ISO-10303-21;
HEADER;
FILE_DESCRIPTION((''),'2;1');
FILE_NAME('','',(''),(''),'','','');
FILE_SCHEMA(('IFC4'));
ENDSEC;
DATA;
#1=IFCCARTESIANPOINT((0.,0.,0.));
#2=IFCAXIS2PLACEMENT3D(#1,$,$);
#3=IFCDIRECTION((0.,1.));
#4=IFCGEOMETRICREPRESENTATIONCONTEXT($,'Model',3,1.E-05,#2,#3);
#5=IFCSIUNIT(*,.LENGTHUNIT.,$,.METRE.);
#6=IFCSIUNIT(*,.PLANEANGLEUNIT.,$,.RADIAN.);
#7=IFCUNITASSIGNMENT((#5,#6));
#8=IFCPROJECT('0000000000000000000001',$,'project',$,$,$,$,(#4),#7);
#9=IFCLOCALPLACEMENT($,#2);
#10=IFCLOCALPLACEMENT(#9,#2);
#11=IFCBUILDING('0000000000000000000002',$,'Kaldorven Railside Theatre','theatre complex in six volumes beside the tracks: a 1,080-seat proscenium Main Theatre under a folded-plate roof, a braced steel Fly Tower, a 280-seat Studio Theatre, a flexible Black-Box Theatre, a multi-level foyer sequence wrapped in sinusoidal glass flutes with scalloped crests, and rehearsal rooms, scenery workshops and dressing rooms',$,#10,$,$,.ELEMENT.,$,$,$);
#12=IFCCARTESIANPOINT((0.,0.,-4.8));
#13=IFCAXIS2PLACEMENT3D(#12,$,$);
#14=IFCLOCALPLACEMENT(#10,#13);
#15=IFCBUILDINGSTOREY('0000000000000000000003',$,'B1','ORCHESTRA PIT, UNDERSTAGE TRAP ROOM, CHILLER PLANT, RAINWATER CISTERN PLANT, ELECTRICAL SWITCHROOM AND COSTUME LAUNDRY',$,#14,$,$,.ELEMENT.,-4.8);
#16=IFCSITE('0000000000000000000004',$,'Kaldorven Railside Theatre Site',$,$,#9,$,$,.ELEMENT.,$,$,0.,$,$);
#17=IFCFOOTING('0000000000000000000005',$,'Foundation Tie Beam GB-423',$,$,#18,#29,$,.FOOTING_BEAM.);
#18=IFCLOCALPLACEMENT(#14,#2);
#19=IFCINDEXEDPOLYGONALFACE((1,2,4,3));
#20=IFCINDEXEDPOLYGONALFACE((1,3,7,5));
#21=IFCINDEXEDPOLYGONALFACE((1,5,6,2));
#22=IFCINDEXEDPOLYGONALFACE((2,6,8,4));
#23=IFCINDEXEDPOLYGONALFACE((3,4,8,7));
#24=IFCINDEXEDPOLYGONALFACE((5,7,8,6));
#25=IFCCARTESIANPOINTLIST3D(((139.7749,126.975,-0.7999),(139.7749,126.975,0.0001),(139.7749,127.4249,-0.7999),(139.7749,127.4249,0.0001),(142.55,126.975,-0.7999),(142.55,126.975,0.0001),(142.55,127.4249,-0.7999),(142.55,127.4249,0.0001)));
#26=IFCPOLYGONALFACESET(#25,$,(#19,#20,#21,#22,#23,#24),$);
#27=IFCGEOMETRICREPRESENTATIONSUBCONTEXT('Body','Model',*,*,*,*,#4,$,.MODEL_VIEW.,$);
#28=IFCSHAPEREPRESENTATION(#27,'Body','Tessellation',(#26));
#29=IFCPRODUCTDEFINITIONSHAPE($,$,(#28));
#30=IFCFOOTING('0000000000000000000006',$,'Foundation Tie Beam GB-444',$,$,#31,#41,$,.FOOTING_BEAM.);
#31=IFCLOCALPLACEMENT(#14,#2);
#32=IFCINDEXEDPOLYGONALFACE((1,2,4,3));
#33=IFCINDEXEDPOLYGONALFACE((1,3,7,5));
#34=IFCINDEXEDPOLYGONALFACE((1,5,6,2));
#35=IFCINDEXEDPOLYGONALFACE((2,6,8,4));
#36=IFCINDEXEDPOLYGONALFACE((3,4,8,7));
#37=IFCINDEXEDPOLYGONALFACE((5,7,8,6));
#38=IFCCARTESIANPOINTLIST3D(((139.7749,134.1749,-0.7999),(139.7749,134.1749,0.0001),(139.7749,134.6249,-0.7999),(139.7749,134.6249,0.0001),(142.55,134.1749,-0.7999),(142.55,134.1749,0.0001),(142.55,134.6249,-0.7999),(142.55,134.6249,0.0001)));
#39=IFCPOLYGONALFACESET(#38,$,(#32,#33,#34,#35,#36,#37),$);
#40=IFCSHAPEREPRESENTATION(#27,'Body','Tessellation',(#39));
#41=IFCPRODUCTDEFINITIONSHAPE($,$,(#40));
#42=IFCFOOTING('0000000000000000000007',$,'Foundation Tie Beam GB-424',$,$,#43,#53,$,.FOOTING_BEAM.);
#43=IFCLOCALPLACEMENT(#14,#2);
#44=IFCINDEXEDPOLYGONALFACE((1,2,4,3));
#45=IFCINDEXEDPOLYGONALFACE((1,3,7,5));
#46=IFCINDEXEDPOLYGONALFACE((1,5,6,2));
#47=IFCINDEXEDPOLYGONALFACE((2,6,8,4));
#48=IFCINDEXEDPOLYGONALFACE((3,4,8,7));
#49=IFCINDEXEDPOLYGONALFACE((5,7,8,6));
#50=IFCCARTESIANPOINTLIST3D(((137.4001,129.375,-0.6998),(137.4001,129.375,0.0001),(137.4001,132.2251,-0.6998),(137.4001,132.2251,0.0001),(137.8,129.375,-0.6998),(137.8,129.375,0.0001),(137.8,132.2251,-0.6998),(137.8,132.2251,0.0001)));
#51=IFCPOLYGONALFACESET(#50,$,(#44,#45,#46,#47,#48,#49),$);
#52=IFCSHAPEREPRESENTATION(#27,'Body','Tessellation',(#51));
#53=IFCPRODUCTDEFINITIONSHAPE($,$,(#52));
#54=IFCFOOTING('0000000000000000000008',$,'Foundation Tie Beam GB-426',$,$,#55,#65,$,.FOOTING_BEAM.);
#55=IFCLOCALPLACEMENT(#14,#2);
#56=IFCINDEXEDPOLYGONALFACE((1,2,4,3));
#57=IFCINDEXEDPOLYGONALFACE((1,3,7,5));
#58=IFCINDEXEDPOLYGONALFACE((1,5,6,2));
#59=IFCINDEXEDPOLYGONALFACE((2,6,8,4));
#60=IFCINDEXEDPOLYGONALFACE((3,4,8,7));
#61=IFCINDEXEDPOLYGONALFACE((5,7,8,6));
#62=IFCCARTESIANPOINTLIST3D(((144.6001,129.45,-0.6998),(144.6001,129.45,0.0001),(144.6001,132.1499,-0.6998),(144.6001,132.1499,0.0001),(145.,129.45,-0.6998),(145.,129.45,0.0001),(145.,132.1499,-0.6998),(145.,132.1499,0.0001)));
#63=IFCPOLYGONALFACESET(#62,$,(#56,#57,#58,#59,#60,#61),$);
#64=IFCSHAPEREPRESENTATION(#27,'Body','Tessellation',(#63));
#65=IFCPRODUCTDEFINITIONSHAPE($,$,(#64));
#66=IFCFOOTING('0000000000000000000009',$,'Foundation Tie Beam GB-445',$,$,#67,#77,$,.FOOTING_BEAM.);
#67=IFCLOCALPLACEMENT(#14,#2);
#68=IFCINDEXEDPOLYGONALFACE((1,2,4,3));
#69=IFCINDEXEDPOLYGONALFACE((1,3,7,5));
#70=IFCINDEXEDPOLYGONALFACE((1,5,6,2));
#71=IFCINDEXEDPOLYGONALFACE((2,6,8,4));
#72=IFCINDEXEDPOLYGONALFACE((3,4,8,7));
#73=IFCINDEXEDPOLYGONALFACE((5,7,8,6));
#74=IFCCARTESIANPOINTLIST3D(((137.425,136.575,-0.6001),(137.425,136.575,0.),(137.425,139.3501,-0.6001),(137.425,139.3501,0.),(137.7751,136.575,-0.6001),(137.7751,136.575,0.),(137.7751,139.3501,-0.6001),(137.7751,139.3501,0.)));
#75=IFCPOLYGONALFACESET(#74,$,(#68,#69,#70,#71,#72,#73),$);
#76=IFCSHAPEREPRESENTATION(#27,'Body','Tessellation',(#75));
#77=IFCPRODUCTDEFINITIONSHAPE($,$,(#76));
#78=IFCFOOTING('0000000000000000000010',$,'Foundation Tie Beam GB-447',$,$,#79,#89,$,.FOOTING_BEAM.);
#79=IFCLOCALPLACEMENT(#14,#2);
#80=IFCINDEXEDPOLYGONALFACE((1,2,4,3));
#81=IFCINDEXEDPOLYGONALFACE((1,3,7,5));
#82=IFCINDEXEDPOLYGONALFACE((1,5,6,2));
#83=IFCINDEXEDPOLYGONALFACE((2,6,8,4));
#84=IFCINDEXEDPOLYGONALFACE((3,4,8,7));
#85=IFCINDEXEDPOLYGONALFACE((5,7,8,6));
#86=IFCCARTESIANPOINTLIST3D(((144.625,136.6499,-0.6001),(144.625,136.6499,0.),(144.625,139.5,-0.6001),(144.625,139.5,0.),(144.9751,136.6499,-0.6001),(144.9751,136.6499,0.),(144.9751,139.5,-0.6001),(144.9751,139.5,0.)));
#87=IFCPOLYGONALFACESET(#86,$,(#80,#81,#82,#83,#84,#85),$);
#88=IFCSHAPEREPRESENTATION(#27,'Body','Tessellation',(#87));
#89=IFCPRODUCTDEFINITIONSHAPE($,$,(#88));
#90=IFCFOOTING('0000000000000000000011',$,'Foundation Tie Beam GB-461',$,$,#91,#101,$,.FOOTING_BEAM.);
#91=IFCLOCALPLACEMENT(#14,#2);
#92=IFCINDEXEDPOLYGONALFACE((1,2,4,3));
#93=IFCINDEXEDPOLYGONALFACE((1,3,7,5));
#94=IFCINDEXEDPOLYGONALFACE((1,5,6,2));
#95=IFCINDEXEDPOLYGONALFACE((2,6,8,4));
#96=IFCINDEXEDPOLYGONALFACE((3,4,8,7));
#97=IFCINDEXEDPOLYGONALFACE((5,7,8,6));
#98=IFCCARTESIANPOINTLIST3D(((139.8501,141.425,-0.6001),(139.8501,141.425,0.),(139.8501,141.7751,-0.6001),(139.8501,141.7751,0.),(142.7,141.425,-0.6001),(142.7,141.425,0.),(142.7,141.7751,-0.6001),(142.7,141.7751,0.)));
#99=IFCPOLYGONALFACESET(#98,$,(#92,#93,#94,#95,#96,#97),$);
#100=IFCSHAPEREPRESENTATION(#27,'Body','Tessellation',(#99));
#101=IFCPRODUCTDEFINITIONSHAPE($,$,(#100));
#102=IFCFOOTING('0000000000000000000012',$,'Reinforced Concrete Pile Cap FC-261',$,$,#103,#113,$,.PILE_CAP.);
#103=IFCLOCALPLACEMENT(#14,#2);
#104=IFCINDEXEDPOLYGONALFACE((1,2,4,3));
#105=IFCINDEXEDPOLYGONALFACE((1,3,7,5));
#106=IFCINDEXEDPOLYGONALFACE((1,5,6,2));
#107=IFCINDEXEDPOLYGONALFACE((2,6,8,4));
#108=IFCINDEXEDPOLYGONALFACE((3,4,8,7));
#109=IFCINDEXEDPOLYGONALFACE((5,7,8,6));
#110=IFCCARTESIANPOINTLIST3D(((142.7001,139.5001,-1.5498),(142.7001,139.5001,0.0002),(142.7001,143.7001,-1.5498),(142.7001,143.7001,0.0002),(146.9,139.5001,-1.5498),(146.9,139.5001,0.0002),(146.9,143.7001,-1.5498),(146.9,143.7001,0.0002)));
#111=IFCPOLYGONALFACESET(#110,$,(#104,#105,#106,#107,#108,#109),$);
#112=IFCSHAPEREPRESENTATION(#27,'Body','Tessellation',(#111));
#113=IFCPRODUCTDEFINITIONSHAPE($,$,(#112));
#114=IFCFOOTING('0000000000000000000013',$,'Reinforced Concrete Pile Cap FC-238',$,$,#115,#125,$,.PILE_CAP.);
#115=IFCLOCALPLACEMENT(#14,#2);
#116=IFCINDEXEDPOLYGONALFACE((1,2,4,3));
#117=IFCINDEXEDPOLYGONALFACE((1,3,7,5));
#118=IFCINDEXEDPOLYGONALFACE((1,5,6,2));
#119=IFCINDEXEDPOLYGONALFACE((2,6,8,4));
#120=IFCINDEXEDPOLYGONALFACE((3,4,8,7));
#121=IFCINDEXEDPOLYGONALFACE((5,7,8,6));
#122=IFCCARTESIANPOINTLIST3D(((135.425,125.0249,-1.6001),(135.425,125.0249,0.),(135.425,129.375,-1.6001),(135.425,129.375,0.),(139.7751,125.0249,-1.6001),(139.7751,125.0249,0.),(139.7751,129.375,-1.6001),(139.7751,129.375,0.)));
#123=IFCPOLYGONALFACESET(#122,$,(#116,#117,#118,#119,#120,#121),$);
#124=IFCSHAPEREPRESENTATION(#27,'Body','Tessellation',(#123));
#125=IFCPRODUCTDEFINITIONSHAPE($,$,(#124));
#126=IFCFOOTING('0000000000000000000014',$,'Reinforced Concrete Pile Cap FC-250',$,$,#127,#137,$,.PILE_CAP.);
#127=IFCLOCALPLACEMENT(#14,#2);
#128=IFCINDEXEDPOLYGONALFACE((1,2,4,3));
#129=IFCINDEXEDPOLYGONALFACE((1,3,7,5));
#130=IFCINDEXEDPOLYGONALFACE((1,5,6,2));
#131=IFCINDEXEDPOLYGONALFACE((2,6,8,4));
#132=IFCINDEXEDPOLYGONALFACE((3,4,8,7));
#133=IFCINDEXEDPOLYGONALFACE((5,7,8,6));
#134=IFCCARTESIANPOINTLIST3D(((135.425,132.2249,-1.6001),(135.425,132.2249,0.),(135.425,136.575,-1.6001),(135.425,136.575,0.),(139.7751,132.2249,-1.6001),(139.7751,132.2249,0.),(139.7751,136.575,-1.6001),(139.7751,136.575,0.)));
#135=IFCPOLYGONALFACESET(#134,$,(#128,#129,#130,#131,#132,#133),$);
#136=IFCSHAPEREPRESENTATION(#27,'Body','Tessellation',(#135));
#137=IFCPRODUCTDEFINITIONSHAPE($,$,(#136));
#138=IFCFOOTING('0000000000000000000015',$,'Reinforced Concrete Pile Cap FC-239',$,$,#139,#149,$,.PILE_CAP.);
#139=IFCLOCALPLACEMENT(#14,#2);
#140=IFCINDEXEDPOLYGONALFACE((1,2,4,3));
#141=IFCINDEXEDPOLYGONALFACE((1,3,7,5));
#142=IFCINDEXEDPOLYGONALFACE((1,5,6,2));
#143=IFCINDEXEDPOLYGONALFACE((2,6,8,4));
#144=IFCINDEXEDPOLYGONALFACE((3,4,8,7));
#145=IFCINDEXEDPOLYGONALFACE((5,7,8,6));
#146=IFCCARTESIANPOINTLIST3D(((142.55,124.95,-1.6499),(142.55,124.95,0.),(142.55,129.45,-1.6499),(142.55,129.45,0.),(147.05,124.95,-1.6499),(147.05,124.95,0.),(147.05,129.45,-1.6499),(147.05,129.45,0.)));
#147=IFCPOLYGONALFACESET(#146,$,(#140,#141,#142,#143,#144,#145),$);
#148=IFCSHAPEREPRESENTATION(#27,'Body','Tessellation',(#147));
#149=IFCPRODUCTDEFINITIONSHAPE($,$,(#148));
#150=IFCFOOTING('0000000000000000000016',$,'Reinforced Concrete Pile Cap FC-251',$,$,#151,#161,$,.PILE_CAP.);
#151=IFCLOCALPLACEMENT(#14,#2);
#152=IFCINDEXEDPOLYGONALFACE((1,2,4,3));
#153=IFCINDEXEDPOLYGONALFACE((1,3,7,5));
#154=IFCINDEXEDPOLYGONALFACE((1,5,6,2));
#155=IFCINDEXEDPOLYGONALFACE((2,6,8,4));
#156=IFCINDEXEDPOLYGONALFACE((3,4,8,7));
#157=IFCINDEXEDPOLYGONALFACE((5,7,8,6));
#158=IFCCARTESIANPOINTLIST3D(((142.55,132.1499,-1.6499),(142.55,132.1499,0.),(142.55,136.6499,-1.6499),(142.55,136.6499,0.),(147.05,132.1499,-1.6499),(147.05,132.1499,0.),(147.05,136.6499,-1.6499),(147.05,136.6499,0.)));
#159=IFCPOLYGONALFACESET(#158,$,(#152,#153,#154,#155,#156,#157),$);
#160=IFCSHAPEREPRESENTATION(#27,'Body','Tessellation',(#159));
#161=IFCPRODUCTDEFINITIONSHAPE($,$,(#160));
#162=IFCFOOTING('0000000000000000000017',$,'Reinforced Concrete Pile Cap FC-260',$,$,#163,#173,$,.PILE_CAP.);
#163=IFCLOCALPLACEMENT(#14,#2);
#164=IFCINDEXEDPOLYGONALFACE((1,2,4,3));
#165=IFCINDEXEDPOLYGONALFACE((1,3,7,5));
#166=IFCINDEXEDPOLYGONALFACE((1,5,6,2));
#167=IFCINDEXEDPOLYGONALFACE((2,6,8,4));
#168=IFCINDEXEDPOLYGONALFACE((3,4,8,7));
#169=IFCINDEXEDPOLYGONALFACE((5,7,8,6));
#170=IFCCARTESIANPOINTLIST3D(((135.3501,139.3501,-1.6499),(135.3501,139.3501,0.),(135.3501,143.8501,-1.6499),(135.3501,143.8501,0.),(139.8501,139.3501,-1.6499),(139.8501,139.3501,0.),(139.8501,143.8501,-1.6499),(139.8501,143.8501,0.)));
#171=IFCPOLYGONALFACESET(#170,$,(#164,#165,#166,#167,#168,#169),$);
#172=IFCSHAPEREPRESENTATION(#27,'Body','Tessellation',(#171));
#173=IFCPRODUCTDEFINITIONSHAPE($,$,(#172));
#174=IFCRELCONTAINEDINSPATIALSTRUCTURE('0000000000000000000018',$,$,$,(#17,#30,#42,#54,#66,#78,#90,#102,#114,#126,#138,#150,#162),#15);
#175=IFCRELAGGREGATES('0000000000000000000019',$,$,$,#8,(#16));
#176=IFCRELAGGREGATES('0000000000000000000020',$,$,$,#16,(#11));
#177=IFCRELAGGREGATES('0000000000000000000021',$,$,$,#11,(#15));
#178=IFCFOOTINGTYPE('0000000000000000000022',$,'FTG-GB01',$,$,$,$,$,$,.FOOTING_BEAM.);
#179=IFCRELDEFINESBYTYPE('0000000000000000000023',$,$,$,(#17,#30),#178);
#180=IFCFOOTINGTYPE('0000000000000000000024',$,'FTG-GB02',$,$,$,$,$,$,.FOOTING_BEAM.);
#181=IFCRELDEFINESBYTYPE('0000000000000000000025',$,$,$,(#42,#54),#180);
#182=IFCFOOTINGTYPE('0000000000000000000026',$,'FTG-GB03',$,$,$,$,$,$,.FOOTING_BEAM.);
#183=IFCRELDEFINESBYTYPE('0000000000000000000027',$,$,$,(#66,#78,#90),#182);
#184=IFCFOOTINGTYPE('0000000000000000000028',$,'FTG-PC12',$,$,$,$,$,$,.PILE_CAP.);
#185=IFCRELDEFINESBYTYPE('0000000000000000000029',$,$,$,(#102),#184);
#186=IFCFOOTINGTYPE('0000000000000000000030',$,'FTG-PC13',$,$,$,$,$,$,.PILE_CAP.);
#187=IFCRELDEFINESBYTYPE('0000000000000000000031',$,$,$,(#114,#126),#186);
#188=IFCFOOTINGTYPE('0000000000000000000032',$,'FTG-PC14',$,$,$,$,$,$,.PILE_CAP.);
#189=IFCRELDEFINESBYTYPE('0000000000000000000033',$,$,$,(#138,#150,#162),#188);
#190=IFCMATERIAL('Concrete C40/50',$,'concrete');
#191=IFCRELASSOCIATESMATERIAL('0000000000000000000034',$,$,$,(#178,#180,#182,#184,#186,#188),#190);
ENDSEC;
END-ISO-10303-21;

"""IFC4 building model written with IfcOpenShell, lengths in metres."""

from ifc_helpers import new_model, si_unit, direction, frame, origin, origin_2d, place, context, subcontext, project, spatial, rectangle, extrude, material, material_profile, profile_set, type_object, element, save


model = new_model("IFC4")

# Units and contexts
model_context = context("Model", 3, precision=1e-05, world=origin(), true_north=direction((0.0, 1.0)))
body_context = subcontext(model_context, "Body", "Model", "MODEL_VIEW")
ifc_project = project(units=[si_unit("LENGTHUNIT", "METRE"), si_unit("PLANEANGLEUNIT", "RADIAN")], contexts=[model_context])

# Site, building, storey
site_placement = place(None, origin())
site = spatial("IfcSite", under=ifc_project, at=site_placement, Name="Kaldorven Railside Theatre Site", CompositionType="ELEMENT", RefElevation=0.0)
building_placement = place(site_placement, origin())
building = spatial("IfcBuilding", under=site, at=building_placement, Name="Kaldorven Railside Theatre", Description="theatre complex in six volumes beside the tracks: a 1,080-seat proscenium Main Theatre under a folded-plate roof, a braced steel Fly Tower, a 280-seat Studio Theatre, a flexible Black-Box Theatre, a multi-level foyer sequence wrapped in sinusoidal glass flutes with scalloped crests, and rehearsal rooms, scenery workshops and dressing rooms", CompositionType="ELEMENT")
storey_placement = place(building_placement, frame((0.0, 0.0, -4.8)))
storey = spatial("IfcBuildingStorey", under=building, at=storey_placement, Name="B1", Description="ORCHESTRA PIT, UNDERSTAGE TRAP ROOM, CHILLER PLANT, RAINWATER CISTERN PLANT, ELECTRICAL SWITCHROOM AND COSTUME LAUNDRY", CompositionType="ELEMENT", Elevation=-4.8)

# Footings
ifc_material_1 = material(Name="Concrete C40/50", Category="concrete")
ifc_material_profile_1 = material_profile(ifc_material_1, rectangle(XDim=0.45, YDim=0.8, at=origin_2d()), Name="RC 450x800")
ifc_profile_set_1 = profile_set([ifc_material_profile_1], Name="Concrete C40/50")
footing_type_1 = type_object("IfcFootingType", Name="FTG-GB01", PredefinedType="FOOTING_BEAM", material=ifc_profile_set_1)
for number, where, z_axis, x_axis, name in (
    (1, (139.7749, 127.2, -0.3999), (1.0, 0.0, 0.0), (0.0, 1.0, 0.0), "Foundation Tie Beam GB-423"),
    (2, (139.7749, 134.3999, -0.3999), (1.0, 0.0, 0.0), (0.0, 1.0, 0.0), "Foundation Tie Beam GB-444"),
):
    element("IfcFooting", number, at=place(storey_placement, frame(where, z_axis=z_axis, x_axis=x_axis)), inside=storey, type_object=footing_type_1, Name=name, PredefinedType="FOOTING_BEAM", context=body_context, shape_type="SweptSolid", body=[
        extrude(rectangle(XDim=0.45, YDim=0.8, at=origin_2d()), origin(), (0.0, 0.0, 1.0), 2.7751),
    ])
ifc_material_profile_2 = material_profile(ifc_material_1, rectangle(XDim=0.3999, YDim=0.7, at=origin_2d()), Name="RC 400x700")
ifc_profile_set_2 = profile_set([ifc_material_profile_2], Name="Concrete C40/50")
footing_type_2 = type_object("IfcFootingType", Name="FTG-GB02", PredefinedType="FOOTING_BEAM", material=ifc_profile_set_2)
footing_1_placement = place(storey_placement, frame((137.6001, 129.375, -0.3499), z_axis=(0.0, 1.0, 0.0), x_axis=(-1.0, 0.0, 0.0)))
element("IfcFooting", 3, at=footing_1_placement, inside=storey, type_object=footing_type_2, Name="Foundation Tie Beam GB-424", PredefinedType="FOOTING_BEAM", context=body_context, shape_type="SweptSolid", body=[
    extrude(rectangle(XDim=0.3999, YDim=0.7, at=origin_2d()), origin(), (0.0, 0.0, 1.0), 2.8501),
])
footing_2_placement = place(storey_placement, frame((144.8, 129.45, -0.3499), z_axis=(0.0, 1.0, 0.0), x_axis=(-1.0, 0.0, 0.0)))
element("IfcFooting", 4, at=footing_2_placement, inside=storey, type_object=footing_type_2, Name="Foundation Tie Beam GB-426", PredefinedType="FOOTING_BEAM", context=body_context, shape_type="SweptSolid", body=[
    extrude(rectangle(XDim=0.3999, YDim=0.7, at=origin_2d()), origin(), (0.0, 0.0, 1.0), 2.7),
])
ifc_material_profile_3 = material_profile(ifc_material_1, rectangle(XDim=0.3501, YDim=0.6001, at=origin_2d()), Name="RC 350x600")
ifc_profile_set_3 = profile_set([ifc_material_profile_3], Name="Concrete C40/50")
footing_type_3 = type_object("IfcFootingType", Name="FTG-GB03", PredefinedType="FOOTING_BEAM", material=ifc_profile_set_3)
footing_3_placement = place(storey_placement, frame((137.6001, 136.575, -0.3), z_axis=(0.0, 1.0, 0.0), x_axis=(-1.0, 0.0, 0.0)))
element("IfcFooting", 5, at=footing_3_placement, inside=storey, type_object=footing_type_3, Name="Foundation Tie Beam GB-445", PredefinedType="FOOTING_BEAM", context=body_context, shape_type="SweptSolid", body=[
    extrude(rectangle(XDim=0.3501, YDim=0.6001, at=origin_2d()), origin(), (0.0, 0.0, 1.0), 2.7751),
])
footing_4_placement = place(storey_placement, frame((144.8, 136.6499, -0.3), z_axis=(0.0, 1.0, 0.0), x_axis=(-1.0, 0.0, 0.0)))
element("IfcFooting", 6, at=footing_4_placement, inside=storey, type_object=footing_type_3, Name="Foundation Tie Beam GB-447", PredefinedType="FOOTING_BEAM", context=body_context, shape_type="SweptSolid", body=[
    extrude(rectangle(XDim=0.3501, YDim=0.6001, at=origin_2d()), origin(), (0.0, 0.0, 1.0), 2.8501),
])
footing_5_placement = place(storey_placement, frame((139.8501, 141.6001, -0.3), z_axis=(1.0, 0.0, 0.0), x_axis=(0.0, 1.0, 0.0)))
element("IfcFooting", 7, at=footing_5_placement, inside=storey, type_object=footing_type_3, Name="Foundation Tie Beam GB-461", PredefinedType="FOOTING_BEAM", context=body_context, shape_type="SweptSolid", body=[
    extrude(rectangle(XDim=0.3501, YDim=0.6001, at=origin_2d()), origin(), (0.0, 0.0, 1.0), 2.8499),
])
footing_type_4 = type_object("IfcFootingType", Name="FTG-PC12", PredefinedType="PILE_CAP", material=ifc_material_1)
footing_6_placement = place(storey_placement, frame((144.8, 141.6001, -1.5498), z_axis=(0.0, 0.0, 1.0), x_axis=(1.0, 0.0, 0.0)))
element("IfcFooting", 8, at=footing_6_placement, inside=storey, type_object=footing_type_4, Name="Reinforced Concrete Pile Cap FC-261", PredefinedType="PILE_CAP", context=body_context, shape_type="SweptSolid", body=[
    extrude(rectangle(XDim=4.2, YDim=4.2, at=origin_2d()), origin(), (0.0, 0.0, 1.0), 1.55),
])
footing_type_5 = type_object("IfcFootingType", Name="FTG-PC13", PredefinedType="PILE_CAP", material=ifc_material_1)
for number, where, z_axis, x_axis, name in (
    (9, (137.6001, 127.2, -1.6001), (0.0, 0.0, 1.0), (1.0, 0.0, 0.0), "Reinforced Concrete Pile Cap FC-238"),
    (10, (137.6001, 134.3999, -1.6001), (0.0, 0.0, 1.0), (1.0, 0.0, 0.0), "Reinforced Concrete Pile Cap FC-250"),
):
    element("IfcFooting", number, at=place(storey_placement, frame(where, z_axis=z_axis, x_axis=x_axis)), inside=storey, type_object=footing_type_5, Name=name, PredefinedType="PILE_CAP", context=body_context, shape_type="SweptSolid", body=[
        extrude(rectangle(XDim=4.3501, YDim=4.3501, at=origin_2d()), origin(), (0.0, 0.0, 1.0), 1.6001),
    ])
footing_type_6 = type_object("IfcFootingType", Name="FTG-PC14", PredefinedType="PILE_CAP", material=ifc_material_1)
for number, where, z_axis, x_axis, name in (
    (11, (144.8, 127.2, -1.6499), (0.0, 0.0, 1.0), (1.0, 0.0, 0.0), "Reinforced Concrete Pile Cap FC-239"),
    (12, (144.8, 134.3999, -1.6499), (0.0, 0.0, 1.0), (1.0, 0.0, 0.0), "Reinforced Concrete Pile Cap FC-251"),
    (13, (137.6001, 141.6001, -1.6499), (0.0, 0.0, 1.0), (1.0, 0.0, 0.0), "Reinforced Concrete Pile Cap FC-260"),
):
    element("IfcFooting", number, at=place(storey_placement, frame(where, z_axis=z_axis, x_axis=x_axis)), inside=storey, type_object=footing_type_6, Name=name, PredefinedType="PILE_CAP", context=body_context, shape_type="SweptSolid", body=[
        extrude(rectangle(XDim=4.5, YDim=4.5, at=origin_2d()), origin(), (0.0, 0.0, 1.0), 1.6499),
    ])

save(model, "model.ifc")
